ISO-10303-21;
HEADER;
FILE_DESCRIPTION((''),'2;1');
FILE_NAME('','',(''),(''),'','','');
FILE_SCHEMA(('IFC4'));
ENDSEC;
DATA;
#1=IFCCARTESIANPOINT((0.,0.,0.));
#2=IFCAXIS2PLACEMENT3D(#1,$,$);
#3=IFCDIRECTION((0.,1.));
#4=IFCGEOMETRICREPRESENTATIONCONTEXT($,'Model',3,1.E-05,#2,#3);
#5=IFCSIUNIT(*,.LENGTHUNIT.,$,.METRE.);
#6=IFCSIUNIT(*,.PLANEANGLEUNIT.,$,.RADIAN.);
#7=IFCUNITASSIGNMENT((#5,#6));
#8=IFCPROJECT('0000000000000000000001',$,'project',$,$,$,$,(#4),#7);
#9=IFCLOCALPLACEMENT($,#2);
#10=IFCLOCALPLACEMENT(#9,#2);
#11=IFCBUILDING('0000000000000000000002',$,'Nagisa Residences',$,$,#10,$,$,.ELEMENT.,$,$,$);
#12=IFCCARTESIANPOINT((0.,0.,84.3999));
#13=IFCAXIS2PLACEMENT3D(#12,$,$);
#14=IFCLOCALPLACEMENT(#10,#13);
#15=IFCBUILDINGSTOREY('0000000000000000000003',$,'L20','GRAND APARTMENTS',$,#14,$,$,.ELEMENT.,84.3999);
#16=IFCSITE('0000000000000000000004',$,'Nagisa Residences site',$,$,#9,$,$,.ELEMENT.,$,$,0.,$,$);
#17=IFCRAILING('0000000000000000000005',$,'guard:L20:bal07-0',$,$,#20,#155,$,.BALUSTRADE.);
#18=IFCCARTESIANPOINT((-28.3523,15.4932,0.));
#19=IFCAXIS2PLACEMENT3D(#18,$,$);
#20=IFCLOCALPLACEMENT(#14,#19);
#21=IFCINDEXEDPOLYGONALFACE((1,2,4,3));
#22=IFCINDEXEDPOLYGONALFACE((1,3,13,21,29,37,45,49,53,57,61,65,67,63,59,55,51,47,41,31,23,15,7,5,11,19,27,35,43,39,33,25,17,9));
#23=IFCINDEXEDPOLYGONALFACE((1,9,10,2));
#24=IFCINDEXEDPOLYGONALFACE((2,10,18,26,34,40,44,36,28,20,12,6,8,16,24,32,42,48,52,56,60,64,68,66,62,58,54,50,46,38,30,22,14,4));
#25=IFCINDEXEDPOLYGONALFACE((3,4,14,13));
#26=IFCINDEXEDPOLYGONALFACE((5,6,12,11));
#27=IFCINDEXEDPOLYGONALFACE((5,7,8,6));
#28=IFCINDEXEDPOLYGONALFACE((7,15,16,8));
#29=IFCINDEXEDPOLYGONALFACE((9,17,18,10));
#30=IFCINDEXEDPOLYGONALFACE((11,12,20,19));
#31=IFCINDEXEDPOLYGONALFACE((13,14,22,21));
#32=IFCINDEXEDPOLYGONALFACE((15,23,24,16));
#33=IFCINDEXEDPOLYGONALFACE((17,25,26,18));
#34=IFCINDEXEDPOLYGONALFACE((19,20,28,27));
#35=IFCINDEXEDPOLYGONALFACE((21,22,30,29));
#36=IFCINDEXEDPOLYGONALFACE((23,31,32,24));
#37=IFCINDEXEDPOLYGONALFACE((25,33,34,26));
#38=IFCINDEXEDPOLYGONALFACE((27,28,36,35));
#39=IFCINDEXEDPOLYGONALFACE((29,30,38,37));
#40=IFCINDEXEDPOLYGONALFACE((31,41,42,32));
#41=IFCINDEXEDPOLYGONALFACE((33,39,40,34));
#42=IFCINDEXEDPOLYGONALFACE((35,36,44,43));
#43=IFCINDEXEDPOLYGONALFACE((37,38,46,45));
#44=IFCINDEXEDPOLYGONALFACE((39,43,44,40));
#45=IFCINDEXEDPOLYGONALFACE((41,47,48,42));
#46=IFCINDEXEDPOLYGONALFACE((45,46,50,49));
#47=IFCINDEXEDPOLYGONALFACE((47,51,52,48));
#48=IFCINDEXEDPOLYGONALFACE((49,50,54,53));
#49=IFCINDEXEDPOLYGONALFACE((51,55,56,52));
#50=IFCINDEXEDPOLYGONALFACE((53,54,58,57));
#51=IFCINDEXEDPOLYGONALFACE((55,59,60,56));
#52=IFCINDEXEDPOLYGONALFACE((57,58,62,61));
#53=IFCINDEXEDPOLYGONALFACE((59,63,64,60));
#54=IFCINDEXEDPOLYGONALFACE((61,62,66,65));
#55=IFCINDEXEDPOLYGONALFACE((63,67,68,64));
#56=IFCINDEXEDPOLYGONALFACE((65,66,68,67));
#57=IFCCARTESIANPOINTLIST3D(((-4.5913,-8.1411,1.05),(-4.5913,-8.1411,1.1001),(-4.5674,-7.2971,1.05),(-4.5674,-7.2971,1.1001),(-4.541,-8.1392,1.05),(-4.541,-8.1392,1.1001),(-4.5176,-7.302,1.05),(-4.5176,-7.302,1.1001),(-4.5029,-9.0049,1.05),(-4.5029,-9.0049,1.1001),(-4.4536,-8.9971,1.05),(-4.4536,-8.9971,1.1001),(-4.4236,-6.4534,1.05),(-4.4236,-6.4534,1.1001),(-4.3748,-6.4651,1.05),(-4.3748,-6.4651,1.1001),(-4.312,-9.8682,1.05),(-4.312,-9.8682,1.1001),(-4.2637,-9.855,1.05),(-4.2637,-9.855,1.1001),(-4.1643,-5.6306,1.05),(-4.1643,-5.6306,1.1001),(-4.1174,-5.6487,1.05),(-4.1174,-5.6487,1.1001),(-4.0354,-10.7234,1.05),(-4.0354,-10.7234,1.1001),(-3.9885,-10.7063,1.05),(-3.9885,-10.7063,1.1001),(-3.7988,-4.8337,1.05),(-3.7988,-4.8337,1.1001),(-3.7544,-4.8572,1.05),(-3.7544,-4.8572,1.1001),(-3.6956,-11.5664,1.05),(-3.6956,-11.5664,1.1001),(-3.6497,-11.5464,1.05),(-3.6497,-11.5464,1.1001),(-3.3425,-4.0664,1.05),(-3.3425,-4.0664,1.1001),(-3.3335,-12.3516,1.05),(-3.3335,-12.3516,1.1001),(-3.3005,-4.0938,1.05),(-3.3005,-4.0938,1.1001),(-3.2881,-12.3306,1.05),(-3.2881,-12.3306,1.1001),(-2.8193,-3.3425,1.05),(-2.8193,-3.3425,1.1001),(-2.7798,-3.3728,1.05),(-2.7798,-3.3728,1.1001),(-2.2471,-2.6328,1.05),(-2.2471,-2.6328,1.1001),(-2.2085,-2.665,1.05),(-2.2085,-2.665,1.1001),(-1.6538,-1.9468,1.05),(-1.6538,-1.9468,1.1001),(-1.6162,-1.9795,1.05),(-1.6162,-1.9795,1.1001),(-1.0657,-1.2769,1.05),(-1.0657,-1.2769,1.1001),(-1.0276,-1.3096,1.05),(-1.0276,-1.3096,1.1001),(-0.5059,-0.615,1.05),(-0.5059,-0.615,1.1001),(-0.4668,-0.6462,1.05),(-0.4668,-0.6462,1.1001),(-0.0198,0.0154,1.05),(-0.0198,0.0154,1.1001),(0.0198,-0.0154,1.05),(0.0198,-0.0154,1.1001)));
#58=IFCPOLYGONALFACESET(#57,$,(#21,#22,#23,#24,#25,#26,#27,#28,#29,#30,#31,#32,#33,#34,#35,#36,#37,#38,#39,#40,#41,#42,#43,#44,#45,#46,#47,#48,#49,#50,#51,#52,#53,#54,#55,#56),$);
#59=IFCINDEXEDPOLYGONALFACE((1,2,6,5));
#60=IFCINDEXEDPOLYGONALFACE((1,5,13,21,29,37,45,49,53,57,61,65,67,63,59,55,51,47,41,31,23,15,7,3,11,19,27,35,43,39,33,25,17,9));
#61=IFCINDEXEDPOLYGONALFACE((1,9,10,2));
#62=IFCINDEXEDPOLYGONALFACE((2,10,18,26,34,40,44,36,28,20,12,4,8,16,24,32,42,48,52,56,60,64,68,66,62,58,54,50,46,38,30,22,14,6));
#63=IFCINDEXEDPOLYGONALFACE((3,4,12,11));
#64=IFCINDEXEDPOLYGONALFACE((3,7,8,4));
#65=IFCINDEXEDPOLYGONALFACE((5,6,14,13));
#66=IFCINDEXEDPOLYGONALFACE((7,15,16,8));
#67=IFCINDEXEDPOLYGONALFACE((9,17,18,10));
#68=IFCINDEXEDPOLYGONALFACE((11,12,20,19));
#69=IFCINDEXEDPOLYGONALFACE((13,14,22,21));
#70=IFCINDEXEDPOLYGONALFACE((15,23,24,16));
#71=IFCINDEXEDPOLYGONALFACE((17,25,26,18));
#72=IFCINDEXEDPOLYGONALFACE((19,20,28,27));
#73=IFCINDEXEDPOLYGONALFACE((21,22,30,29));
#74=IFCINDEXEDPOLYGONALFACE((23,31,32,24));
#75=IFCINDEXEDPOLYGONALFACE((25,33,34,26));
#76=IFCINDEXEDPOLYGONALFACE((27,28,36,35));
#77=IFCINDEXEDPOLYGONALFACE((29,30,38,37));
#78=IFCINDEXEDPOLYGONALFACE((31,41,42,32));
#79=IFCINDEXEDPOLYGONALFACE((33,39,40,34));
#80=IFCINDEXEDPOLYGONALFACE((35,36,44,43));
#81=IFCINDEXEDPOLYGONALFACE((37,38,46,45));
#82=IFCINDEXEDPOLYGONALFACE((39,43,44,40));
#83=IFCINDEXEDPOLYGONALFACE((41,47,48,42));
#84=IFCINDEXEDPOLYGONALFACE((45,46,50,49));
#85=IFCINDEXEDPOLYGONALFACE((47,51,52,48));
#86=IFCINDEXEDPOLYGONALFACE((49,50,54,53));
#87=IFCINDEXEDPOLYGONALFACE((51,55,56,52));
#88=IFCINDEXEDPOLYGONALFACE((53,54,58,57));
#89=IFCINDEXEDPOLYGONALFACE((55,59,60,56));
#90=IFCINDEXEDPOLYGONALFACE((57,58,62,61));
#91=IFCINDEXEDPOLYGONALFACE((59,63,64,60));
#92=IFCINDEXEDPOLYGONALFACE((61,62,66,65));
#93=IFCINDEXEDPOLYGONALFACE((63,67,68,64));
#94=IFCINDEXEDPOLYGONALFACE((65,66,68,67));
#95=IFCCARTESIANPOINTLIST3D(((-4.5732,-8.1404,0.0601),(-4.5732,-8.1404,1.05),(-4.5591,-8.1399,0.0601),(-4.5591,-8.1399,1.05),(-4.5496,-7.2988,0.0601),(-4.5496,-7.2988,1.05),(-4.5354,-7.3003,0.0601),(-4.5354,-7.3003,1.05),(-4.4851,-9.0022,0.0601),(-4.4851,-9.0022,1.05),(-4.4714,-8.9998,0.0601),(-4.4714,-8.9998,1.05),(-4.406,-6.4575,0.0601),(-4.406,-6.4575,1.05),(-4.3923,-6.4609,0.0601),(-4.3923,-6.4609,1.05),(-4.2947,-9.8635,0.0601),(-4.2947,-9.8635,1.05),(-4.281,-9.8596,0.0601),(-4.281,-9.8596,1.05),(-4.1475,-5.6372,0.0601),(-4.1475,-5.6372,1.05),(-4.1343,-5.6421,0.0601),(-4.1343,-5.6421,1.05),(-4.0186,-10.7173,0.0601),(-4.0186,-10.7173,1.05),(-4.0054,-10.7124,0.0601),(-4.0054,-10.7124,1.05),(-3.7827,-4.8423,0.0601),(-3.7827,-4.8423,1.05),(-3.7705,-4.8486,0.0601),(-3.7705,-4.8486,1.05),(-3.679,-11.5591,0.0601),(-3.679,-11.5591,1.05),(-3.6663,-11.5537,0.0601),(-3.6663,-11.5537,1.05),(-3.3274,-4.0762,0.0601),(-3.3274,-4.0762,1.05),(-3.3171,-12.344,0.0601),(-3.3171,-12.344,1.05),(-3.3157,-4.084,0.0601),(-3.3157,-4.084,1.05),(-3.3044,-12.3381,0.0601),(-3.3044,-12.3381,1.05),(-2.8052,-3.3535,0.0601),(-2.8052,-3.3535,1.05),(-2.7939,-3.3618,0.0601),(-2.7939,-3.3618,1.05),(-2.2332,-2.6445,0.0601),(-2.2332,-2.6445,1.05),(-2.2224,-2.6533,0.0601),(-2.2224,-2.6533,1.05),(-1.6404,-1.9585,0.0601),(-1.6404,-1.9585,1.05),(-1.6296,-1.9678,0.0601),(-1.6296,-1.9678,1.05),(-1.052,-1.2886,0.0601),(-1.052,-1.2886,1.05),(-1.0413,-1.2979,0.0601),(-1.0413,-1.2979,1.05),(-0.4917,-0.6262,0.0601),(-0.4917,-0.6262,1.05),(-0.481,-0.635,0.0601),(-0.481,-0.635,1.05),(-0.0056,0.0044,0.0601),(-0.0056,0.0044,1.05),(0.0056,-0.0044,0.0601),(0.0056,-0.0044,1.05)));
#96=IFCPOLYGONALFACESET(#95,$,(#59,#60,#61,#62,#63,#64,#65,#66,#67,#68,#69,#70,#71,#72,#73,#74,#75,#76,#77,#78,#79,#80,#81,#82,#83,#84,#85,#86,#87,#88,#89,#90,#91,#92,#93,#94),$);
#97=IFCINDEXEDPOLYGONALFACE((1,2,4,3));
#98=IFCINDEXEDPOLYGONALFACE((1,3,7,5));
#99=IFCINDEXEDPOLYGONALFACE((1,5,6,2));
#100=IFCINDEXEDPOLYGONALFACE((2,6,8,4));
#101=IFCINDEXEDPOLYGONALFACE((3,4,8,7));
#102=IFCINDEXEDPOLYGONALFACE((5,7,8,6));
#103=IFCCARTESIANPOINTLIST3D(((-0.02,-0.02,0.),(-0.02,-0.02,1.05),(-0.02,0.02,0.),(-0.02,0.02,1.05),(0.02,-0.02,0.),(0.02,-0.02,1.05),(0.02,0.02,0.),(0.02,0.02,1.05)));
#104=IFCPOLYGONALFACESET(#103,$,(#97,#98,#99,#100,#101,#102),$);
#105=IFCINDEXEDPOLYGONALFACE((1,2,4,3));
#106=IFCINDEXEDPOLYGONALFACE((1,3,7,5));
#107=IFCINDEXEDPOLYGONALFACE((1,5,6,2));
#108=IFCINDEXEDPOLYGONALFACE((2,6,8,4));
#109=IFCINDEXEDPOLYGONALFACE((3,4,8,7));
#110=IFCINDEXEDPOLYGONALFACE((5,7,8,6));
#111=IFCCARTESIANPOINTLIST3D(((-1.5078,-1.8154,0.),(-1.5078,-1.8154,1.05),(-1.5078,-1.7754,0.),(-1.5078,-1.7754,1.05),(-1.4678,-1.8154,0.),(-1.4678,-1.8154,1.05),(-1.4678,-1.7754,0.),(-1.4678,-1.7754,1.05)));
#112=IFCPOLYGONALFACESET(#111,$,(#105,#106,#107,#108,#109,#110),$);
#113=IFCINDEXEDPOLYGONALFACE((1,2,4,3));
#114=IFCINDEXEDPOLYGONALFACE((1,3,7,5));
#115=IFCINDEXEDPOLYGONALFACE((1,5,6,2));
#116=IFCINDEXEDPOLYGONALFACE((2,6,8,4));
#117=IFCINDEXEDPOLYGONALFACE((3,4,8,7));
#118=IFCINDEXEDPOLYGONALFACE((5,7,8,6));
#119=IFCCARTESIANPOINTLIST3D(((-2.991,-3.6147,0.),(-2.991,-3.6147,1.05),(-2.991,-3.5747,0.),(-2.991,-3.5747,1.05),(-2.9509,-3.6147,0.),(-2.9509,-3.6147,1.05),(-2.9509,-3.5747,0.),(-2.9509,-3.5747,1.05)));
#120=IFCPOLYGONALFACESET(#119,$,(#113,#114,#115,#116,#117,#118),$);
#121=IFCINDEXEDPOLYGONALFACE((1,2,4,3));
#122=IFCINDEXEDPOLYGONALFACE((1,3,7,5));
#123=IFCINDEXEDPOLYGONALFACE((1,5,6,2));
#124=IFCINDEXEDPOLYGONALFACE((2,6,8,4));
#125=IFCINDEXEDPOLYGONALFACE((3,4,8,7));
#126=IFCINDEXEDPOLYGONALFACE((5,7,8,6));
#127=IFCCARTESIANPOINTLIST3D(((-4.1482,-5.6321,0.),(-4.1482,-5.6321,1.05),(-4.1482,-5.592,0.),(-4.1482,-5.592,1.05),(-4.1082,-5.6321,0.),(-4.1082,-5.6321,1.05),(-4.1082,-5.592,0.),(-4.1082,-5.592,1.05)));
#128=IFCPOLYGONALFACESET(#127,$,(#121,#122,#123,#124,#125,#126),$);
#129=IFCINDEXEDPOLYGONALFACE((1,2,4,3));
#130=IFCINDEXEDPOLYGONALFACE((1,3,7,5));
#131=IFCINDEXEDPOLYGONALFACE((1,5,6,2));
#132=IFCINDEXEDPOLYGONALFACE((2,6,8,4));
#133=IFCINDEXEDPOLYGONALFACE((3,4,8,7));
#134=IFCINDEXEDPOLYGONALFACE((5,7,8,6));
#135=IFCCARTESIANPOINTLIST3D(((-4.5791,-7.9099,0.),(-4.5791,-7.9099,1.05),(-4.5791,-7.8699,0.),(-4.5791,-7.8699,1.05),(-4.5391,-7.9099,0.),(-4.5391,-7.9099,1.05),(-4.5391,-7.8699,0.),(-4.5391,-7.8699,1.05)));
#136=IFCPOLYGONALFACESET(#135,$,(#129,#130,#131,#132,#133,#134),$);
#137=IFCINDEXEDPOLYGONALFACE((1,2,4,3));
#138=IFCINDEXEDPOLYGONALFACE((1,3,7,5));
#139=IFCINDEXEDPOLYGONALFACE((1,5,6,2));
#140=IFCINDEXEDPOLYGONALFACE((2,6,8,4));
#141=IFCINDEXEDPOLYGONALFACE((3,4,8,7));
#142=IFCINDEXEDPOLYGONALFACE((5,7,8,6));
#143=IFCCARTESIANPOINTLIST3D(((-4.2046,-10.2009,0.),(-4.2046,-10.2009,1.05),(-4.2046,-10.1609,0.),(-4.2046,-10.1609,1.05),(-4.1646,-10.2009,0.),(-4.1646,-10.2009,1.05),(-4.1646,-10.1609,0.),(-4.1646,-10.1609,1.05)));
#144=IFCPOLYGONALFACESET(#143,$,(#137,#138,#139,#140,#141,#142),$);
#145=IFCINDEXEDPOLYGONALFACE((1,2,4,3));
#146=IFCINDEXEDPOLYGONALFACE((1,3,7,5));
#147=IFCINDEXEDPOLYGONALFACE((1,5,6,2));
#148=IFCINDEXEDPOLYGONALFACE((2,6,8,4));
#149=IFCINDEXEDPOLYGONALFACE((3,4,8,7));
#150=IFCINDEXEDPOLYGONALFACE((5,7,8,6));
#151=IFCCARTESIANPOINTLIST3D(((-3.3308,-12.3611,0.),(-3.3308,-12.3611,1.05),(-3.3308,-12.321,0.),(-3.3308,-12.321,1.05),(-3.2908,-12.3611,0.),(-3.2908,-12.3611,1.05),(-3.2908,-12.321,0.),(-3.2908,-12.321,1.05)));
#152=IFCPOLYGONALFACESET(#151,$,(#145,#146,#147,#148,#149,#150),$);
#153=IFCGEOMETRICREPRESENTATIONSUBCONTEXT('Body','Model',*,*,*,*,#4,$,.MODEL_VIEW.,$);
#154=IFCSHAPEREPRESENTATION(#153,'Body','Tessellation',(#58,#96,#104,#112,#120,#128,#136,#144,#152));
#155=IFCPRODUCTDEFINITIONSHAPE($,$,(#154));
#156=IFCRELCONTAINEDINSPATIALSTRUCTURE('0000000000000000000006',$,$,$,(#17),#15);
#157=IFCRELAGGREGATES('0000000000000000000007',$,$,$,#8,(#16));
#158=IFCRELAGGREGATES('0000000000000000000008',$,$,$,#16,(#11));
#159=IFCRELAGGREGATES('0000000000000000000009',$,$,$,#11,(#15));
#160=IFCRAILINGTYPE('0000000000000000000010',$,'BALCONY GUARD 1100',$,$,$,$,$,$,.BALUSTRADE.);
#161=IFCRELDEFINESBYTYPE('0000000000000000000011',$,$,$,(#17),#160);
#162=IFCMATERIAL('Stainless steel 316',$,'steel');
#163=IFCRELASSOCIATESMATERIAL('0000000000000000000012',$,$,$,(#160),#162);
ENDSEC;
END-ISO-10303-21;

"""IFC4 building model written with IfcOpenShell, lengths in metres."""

from ifc_helpers import new_model, si_unit, direction, frame, origin, origin_2d, place, context, subcontext, project, spatial, polyline, rectangle, outline, extrude, material, type_object, element, save


model = new_model("IFC4")

# Units and contexts
model_context = context("Model", 3, precision=1e-05, world=origin(), true_north=direction((0.0, 1.0)))
body_context = subcontext(model_context, "Body", "Model", "MODEL_VIEW")
ifc_project = project(units=[si_unit("LENGTHUNIT", "METRE"), si_unit("PLANEANGLEUNIT", "RADIAN")], contexts=[model_context])

# Site, building, storey
site_placement = place(None, origin())
site = spatial("IfcSite", under=ifc_project, at=site_placement, Name="Nagisa Residences site", CompositionType="ELEMENT", RefElevation=0.0)
building_placement = place(site_placement, origin())
building = spatial("IfcBuilding", under=site, at=building_placement, Name="Nagisa Residences", CompositionType="ELEMENT")
storey_placement = place(building_placement, frame((0.0, 0.0, 84.3999)))
storey = spatial("IfcBuildingStorey", under=building, at=storey_placement, Name="L20", Description="GRAND APARTMENTS", CompositionType="ELEMENT", Elevation=84.3999)

# Railing
ifc_material_1 = material(Name="Stainless steel 316", Category="steel")
railing_type = type_object("IfcRailingType", Name="BALCONY GUARD 1100", PredefinedType="BALUSTRADE", material=ifc_material_1)
railing_1_placement = place(storey_placement, frame((-28.3523, 15.4932, 0.0)))
element("IfcRailing", 1, at=railing_1_placement, inside=storey, type_object=railing_type, Name="guard:L20:bal07-0", PredefinedType="BALUSTRADE", context=body_context, shape_type="SweptSolid", body=[
    extrude(outline(polyline([(-0.4668, -0.6462), (0.0198, -0.0154), (-0.0198, 0.0154), (-0.5059, -0.615), (-1.0657, -1.2769), (-1.6538, -1.9468), (-2.2471, -2.6328), (-2.8193, -3.3425), (-3.3425, -4.0664), (-3.7988, -4.8337), (-4.1643, -5.6306), (-4.4236, -6.4534), (-4.5674, -7.2971), (-4.5913, -8.1411), (-4.5029, -9.0049), (-4.312, -9.8682), (-4.0354, -10.7234), (-3.6956, -11.5664), (-3.3335, -12.3516), (-3.2881, -12.3306), (-3.6497, -11.5464), (-3.9885, -10.7063), (-4.2637, -9.855), (-4.4536, -8.9971), (-4.541, -8.1392), (-4.5176, -7.302), (-4.3748, -6.4651), (-4.1174, -5.6487), (-3.7544, -4.8572), (-3.3005, -4.0938), (-2.7798, -3.3728), (-2.2085, -2.665), (-1.6162, -1.9795), (-1.0276, -1.3096), (-0.4668, -0.6462)])), frame((0.0, 0.0, 1.05)), (0.0, 0.0, 1.0), 0.05),
    extrude(outline(polyline([(-0.481, -0.635), (0.0056, -0.0044), (-0.0056, 0.0044), (-0.4917, -0.6262), (-1.052, -1.2886), (-1.6404, -1.9585), (-2.2332, -2.6445), (-2.8052, -3.3535), (-3.3274, -4.0762), (-3.7827, -4.8423), (-4.1475, -5.6372), (-4.406, -6.4575), (-4.5496, -7.2988), (-4.5732, -8.1404), (-4.4851, -9.0022), (-4.2947, -9.8635), (-4.0186, -10.7173), (-3.679, -11.5591), (-3.3171, -12.344), (-3.3044, -12.3381), (-3.6663, -11.5537), (-4.0054, -10.7124), (-4.281, -9.8596), (-4.4714, -8.9998), (-4.5591, -8.1399), (-4.5354, -7.3003), (-4.3923, -6.4609), (-4.1343, -5.6421), (-3.7705, -4.8486), (-3.3157, -4.084), (-2.7939, -3.3618), (-2.2224, -2.6533), (-1.6296, -1.9678), (-1.0413, -1.2979), (-0.481, -0.635)])), frame((0.0, 0.0, 0.0601)), (0.0, 0.0, 1.0), 0.99),
    extrude(rectangle(XDim=0.04, YDim=0.04, at=origin_2d()), origin(), (0.0, 0.0, 1.0), 1.05),
    extrude(rectangle(XDim=0.04, YDim=0.04, at=origin_2d()), frame((-1.4878, -1.7954, 0.0)), (0.0, 0.0, 1.0), 1.05),
    extrude(rectangle(XDim=0.04, YDim=0.04, at=origin_2d()), frame((-2.9709, -3.5947, 0.0)), (0.0, 0.0, 1.0), 1.05),
    extrude(rectangle(XDim=0.04, YDim=0.04, at=origin_2d()), frame((-4.1282, -5.6121, 0.0)), (0.0, 0.0, 1.0), 1.05),
    extrude(rectangle(XDim=0.04, YDim=0.04, at=origin_2d()), frame((-4.5591, -7.8899, 0.0)), (0.0, 0.0, 1.0), 1.05),
    extrude(rectangle(XDim=0.04, YDim=0.04, at=origin_2d()), frame((-4.1846, -10.1809, 0.0)), (0.0, 0.0, 1.0), 1.05),
    extrude(rectangle(XDim=0.04, YDim=0.04, at=origin_2d()), frame((-3.3108, -12.3411, 0.0)), (0.0, 0.0, 1.0), 1.05),
])

save(model, "model.ifc")
